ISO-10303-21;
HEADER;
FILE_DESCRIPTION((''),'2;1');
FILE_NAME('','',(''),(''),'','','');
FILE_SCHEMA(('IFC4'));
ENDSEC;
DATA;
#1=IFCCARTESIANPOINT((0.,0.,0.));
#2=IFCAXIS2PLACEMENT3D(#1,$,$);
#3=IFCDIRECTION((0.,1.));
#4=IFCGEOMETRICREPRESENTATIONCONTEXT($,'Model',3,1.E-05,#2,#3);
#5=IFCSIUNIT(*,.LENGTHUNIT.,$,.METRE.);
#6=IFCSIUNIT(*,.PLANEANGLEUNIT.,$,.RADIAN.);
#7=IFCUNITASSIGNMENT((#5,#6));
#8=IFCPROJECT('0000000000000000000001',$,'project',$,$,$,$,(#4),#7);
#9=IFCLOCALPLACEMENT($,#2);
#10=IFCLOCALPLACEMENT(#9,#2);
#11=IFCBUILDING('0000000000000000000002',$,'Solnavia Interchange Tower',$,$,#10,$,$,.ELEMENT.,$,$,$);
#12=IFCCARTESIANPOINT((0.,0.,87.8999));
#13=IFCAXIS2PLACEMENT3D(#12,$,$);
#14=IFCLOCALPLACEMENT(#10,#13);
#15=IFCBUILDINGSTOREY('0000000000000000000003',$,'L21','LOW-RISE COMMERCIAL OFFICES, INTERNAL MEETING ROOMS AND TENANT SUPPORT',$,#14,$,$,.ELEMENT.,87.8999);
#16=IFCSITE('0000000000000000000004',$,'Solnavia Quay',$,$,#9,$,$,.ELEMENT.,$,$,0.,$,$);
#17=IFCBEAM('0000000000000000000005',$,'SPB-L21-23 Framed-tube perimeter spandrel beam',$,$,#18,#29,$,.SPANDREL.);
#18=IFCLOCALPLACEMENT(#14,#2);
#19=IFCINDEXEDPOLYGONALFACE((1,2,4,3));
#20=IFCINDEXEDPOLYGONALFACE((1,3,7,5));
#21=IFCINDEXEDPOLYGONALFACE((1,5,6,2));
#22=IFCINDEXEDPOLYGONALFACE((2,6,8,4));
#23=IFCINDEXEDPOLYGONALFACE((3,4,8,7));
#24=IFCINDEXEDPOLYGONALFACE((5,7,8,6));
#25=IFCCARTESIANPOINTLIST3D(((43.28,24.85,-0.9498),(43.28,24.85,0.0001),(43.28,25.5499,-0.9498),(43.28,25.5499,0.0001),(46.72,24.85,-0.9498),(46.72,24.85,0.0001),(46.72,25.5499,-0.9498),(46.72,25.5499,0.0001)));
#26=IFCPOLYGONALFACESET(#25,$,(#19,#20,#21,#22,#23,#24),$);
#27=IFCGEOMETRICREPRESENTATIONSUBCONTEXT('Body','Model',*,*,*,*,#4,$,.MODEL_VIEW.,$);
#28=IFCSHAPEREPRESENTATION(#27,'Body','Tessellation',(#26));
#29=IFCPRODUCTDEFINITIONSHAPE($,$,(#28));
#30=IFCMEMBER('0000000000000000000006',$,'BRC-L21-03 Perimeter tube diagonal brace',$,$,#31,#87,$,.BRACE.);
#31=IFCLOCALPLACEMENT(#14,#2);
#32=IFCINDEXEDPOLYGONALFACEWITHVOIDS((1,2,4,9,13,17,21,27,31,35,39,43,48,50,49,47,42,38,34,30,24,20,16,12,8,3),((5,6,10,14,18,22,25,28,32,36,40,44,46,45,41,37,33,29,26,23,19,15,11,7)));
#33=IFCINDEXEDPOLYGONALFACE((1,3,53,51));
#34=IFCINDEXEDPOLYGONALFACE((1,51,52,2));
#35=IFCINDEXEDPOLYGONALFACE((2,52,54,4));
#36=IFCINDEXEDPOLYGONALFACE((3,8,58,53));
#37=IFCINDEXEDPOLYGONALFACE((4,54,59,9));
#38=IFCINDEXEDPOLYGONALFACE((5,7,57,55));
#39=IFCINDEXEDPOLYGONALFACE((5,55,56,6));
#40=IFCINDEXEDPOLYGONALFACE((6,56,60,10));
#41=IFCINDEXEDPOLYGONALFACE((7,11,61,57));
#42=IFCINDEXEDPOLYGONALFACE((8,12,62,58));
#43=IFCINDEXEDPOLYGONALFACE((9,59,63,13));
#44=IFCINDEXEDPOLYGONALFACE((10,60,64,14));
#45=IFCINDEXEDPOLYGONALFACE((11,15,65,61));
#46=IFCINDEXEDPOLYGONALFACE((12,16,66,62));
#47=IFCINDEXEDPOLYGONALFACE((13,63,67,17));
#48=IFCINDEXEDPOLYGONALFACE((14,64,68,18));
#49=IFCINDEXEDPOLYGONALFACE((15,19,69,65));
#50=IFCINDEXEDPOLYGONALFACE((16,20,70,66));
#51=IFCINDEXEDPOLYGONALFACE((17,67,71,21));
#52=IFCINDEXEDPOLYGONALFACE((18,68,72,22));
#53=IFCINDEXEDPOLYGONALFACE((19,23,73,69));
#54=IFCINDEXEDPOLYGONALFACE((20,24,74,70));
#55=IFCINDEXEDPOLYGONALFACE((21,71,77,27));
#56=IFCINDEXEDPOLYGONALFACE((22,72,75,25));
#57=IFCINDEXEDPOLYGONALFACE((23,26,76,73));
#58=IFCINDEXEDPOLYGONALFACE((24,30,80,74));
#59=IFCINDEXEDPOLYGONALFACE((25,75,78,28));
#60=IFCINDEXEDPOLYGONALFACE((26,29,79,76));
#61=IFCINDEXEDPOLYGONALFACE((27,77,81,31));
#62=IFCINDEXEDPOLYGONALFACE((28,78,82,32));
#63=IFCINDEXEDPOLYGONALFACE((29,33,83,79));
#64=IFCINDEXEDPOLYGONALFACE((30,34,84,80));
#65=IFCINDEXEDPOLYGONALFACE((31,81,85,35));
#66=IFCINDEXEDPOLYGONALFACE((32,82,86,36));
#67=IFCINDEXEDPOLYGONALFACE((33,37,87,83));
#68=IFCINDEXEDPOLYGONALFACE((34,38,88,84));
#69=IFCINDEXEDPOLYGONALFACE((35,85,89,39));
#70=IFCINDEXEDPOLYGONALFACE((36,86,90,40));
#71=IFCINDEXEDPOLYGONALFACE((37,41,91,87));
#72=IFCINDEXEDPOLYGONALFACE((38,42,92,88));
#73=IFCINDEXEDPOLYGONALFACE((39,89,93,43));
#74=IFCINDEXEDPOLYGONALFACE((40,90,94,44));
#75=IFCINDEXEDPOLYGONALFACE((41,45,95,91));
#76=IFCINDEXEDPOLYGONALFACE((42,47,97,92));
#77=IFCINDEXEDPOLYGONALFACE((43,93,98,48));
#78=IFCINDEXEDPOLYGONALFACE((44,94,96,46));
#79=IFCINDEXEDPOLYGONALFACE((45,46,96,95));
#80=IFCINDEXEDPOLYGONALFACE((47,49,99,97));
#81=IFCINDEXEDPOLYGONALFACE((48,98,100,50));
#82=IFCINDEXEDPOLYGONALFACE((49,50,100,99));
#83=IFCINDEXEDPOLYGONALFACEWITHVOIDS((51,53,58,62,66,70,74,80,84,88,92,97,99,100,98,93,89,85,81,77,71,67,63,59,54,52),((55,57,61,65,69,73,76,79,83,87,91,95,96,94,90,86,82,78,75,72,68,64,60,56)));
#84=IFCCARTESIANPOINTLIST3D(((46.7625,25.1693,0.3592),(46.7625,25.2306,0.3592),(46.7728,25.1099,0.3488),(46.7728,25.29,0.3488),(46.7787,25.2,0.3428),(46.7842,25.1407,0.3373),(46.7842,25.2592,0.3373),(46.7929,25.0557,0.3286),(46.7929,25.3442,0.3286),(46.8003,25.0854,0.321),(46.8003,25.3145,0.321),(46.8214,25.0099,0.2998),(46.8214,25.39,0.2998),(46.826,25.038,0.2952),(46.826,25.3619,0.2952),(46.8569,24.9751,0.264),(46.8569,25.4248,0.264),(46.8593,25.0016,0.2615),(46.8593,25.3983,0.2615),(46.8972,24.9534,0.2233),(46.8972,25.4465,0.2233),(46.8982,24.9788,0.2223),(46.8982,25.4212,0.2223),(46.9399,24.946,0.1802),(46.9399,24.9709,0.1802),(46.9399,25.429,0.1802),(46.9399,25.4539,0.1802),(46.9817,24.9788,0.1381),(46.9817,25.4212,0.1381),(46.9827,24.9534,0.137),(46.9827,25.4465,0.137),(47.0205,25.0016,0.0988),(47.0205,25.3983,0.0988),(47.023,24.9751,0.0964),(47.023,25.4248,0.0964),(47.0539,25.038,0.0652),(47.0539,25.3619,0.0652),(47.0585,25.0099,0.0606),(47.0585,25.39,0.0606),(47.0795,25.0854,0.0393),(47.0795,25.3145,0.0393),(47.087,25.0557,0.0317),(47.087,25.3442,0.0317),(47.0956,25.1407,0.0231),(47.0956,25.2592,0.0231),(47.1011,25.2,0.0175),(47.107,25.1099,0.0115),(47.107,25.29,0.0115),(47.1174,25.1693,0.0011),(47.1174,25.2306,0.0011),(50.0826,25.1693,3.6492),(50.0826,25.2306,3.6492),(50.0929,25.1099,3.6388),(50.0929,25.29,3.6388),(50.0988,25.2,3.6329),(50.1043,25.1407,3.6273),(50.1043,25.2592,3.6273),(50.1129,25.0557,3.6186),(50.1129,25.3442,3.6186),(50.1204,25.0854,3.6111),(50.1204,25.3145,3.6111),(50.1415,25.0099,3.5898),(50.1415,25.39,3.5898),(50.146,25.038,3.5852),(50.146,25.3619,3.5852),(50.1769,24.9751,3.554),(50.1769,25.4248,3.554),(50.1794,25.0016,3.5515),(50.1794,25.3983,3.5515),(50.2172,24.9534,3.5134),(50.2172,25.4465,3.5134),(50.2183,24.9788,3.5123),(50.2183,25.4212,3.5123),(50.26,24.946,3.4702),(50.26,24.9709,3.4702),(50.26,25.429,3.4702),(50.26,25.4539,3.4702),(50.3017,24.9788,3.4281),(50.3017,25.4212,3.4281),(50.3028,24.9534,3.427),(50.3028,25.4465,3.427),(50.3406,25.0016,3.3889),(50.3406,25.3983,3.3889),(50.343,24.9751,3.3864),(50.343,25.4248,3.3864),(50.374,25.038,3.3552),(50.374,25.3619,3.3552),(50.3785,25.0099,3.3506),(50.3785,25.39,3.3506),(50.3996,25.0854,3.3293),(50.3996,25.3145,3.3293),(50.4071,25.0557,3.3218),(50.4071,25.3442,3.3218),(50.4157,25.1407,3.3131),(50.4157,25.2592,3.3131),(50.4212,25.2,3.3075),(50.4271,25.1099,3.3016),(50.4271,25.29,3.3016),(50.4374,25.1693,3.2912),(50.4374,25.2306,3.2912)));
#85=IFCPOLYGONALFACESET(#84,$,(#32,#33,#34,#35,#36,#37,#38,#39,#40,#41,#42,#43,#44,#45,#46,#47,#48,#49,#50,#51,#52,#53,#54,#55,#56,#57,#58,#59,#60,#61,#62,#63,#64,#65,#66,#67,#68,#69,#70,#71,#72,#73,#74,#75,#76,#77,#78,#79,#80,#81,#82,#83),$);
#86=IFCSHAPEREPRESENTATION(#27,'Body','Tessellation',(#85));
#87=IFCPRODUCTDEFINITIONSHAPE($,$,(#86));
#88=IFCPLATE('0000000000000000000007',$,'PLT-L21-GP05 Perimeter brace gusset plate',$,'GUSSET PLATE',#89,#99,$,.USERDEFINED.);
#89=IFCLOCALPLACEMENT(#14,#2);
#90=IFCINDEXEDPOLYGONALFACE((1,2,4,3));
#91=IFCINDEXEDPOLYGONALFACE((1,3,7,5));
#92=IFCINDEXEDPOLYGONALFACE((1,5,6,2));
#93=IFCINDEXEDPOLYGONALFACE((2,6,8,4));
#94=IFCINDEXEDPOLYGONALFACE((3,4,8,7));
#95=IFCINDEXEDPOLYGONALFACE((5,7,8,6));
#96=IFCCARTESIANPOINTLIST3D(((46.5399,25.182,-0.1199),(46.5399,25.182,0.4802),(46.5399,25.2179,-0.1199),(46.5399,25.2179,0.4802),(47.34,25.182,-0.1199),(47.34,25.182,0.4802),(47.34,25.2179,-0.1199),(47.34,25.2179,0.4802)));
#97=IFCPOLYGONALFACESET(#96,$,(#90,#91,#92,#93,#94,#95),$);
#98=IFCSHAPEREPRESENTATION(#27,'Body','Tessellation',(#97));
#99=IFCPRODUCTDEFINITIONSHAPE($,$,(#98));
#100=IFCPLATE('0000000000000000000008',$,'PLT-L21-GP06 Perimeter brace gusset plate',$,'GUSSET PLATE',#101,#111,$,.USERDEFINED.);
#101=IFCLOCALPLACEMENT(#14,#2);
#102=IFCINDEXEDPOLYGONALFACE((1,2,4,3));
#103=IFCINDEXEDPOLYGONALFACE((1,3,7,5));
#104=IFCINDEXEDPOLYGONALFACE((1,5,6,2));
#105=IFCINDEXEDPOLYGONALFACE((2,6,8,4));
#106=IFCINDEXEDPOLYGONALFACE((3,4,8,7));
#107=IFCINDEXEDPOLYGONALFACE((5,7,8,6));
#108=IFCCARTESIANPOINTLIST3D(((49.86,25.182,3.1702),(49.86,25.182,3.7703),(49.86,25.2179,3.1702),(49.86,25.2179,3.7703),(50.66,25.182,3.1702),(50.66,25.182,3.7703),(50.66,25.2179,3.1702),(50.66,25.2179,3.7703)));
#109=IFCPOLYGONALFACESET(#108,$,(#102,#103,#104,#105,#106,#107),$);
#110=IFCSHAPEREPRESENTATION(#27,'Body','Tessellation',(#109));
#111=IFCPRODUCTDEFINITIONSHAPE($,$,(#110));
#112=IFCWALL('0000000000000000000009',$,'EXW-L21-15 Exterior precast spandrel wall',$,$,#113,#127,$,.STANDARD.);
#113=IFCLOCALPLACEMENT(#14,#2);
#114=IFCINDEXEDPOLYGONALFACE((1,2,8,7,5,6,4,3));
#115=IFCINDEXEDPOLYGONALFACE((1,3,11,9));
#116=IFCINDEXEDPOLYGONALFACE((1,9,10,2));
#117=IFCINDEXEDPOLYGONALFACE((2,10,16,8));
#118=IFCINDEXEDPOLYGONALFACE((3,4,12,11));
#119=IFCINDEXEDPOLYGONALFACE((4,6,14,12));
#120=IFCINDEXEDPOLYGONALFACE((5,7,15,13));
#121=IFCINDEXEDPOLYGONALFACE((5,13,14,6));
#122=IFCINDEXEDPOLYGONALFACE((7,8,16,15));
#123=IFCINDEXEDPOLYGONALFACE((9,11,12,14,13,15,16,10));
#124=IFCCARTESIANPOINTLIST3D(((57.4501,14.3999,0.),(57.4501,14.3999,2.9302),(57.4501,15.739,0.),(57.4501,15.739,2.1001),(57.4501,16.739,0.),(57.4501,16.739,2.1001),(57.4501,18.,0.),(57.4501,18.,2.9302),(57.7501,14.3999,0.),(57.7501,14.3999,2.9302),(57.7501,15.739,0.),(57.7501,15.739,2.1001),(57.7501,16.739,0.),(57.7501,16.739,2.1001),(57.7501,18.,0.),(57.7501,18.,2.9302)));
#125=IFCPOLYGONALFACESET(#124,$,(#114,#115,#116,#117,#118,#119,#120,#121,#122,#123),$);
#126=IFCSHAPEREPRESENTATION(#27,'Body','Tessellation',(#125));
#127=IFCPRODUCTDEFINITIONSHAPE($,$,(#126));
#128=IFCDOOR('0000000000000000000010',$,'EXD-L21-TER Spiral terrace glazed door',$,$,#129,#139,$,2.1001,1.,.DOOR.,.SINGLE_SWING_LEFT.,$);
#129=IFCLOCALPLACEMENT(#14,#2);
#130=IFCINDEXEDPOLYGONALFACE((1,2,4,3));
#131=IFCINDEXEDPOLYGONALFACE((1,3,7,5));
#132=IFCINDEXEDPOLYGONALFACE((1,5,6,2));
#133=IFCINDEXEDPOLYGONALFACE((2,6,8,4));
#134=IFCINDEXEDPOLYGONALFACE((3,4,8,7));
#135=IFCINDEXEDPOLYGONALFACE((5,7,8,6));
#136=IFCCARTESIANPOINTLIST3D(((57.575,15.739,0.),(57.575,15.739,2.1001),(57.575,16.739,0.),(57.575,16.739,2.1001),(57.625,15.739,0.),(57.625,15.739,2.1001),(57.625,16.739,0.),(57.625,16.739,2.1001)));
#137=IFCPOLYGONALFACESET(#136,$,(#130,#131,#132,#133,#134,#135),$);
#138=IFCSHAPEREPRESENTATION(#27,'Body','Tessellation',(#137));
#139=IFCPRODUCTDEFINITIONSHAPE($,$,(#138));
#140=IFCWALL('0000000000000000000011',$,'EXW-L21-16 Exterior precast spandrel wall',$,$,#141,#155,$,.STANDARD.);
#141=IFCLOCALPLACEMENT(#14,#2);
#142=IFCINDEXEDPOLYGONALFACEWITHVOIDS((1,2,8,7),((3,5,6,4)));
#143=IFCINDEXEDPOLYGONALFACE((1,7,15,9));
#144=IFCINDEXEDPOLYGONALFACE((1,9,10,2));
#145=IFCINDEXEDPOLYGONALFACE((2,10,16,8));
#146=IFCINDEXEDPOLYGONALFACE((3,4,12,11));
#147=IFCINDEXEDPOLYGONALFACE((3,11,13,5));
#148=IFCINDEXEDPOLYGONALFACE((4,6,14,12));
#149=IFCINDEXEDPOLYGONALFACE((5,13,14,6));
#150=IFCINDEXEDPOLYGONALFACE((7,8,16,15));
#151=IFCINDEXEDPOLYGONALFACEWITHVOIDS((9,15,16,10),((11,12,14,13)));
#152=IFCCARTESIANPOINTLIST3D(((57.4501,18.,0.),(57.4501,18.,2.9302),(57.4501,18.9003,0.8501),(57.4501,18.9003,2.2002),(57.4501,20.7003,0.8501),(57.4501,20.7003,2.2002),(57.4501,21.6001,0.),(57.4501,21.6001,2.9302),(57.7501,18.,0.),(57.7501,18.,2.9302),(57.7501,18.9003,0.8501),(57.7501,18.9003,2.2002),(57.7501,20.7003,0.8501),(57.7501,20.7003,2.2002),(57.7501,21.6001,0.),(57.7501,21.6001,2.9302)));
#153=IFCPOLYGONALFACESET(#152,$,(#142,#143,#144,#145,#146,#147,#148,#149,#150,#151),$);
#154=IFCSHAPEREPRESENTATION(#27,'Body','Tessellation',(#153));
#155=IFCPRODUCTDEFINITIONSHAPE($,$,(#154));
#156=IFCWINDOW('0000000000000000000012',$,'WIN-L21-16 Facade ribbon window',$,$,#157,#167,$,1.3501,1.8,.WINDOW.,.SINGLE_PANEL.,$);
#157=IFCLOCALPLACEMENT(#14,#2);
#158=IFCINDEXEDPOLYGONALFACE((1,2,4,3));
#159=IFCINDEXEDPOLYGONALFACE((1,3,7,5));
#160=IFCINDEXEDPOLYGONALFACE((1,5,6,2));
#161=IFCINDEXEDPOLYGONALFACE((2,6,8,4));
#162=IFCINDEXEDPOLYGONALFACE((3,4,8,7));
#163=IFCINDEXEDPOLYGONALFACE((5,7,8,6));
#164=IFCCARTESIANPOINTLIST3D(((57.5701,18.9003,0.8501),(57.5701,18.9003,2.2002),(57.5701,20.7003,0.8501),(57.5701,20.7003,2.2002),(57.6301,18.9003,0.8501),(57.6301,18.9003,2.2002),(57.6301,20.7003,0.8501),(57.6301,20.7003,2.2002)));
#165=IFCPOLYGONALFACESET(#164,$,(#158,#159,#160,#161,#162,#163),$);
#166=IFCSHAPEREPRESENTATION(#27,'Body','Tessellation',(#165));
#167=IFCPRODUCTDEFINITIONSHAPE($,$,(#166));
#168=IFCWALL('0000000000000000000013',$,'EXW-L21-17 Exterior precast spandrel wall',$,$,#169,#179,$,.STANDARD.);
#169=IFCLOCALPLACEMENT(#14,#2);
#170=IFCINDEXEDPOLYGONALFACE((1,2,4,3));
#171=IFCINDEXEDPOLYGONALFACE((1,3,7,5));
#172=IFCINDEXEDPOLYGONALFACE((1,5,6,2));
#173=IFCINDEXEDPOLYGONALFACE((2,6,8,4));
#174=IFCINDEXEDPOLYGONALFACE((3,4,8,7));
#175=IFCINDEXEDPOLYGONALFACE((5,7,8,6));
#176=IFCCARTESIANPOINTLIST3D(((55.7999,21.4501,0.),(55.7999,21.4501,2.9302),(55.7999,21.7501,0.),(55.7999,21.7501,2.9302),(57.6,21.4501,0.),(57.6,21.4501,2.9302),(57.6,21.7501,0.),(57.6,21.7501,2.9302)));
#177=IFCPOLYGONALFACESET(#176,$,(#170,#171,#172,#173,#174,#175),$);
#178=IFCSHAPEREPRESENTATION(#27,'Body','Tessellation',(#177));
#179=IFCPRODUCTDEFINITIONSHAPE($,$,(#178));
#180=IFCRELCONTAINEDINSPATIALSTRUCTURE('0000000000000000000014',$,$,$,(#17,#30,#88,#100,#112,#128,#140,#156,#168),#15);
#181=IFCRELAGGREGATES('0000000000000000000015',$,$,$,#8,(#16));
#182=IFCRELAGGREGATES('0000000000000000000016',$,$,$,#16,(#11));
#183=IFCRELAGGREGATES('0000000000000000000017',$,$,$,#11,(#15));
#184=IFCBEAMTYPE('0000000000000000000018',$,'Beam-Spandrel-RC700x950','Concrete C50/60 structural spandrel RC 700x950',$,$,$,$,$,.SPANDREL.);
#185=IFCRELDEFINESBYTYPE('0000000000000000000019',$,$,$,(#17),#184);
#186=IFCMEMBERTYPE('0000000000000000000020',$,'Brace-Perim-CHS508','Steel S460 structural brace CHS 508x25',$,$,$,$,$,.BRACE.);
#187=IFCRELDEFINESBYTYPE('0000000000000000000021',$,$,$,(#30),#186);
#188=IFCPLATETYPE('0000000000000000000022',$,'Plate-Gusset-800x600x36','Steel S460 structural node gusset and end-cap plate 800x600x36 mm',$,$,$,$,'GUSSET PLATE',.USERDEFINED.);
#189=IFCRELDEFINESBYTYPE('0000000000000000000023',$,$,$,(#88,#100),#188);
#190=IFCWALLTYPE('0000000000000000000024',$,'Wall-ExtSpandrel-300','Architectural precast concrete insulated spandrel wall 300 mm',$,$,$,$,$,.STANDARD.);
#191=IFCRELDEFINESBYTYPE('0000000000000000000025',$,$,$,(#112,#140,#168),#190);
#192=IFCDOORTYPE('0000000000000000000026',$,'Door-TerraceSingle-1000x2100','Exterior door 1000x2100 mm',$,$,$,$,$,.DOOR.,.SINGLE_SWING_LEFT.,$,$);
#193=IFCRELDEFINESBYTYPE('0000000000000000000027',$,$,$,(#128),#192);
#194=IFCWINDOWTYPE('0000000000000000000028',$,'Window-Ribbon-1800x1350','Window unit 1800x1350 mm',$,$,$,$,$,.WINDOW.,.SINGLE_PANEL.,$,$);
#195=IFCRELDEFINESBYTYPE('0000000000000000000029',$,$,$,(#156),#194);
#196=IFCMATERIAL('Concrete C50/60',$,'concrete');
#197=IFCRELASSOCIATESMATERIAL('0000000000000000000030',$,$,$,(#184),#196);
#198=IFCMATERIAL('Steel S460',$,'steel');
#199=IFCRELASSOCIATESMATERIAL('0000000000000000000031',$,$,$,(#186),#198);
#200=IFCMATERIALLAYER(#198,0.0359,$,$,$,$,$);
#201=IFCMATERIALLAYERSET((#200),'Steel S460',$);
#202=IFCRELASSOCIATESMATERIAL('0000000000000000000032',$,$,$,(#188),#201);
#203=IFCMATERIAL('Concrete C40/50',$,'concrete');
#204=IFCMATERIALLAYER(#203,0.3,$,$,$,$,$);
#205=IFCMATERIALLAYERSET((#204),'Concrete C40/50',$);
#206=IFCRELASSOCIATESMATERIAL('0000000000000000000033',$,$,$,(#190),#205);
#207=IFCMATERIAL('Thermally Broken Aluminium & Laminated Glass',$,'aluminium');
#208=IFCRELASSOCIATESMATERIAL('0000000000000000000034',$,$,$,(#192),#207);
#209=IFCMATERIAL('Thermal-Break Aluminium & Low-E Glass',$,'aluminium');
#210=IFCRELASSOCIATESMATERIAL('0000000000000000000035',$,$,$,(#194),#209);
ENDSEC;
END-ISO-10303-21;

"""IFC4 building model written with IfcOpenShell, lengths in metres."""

from ifc_helpers import new_model, si_unit, direction, frame, frame_2d, origin, origin_2d, place, context, subcontext, project, spatial, rectangle, hollow_circle, extrude, material, layer, layer_set, material_profile, profile_set, type_object, element, fill, save


model = new_model("IFC4")

# Units and contexts
model_context = context("Model", 3, precision=1e-05, world=origin(), true_north=direction((0.0, 1.0)))
body_context = subcontext(model_context, "Body", "Model", "MODEL_VIEW")
ifc_project = project(units=[si_unit("LENGTHUNIT", "METRE"), si_unit("PLANEANGLEUNIT", "RADIAN")], contexts=[model_context])

# Site, building, storey
site_placement = place(None, origin())
site = spatial("IfcSite", under=ifc_project, at=site_placement, Name="Solnavia Quay", CompositionType="ELEMENT", RefElevation=0.0)
building_placement = place(site_placement, origin())
building = spatial("IfcBuilding", under=site, at=building_placement, Name="Solnavia Interchange Tower", CompositionType="ELEMENT")
storey_placement = place(building_placement, frame((0.0, 0.0, 87.8999)))
storey = spatial("IfcBuildingStorey", under=building, at=storey_placement, Name="L21", Description="LOW-RISE COMMERCIAL OFFICES, INTERNAL MEETING ROOMS AND TENANT SUPPORT", CompositionType="ELEMENT", Elevation=87.8999)

# Shared definitions
ifc_material_1 = material(Name="Concrete C50/60", Category="concrete")

# Beam
ifc_material_profile_1 = material_profile(ifc_material_1, rectangle(XDim=0.7, YDim=0.95, at=origin_2d()), Name="RC 700x950")
ifc_profile_set_1 = profile_set([ifc_material_profile_1], Name="Concrete C50/60")
beam_type_1 = type_object("IfcBeamType", Name="Beam-Spandrel-RC700x950", Description="Concrete C50/60 structural spandrel RC 700x950", PredefinedType="SPANDREL", material=ifc_profile_set_1)
beam_1_placement = place(storey_placement, frame((46.72, 25.2, -0.4749), z_axis=(-1.0, 0.0, 0.0), x_axis=(0.0, -1.0, 0.0)))
element("IfcBeam", 1, at=beam_1_placement, inside=storey, type_object=beam_type_1, Name="SPB-L21-23 Framed-tube perimeter spandrel beam", PredefinedType="SPANDREL", context=body_context, shape_type="SweptSolid", body=[
    extrude(rectangle(XDim=0.7, YDim=0.95, at=origin_2d()), origin(), (0.0, 0.0, 1.0), 3.4399),
])

# Member
ifc_material_2 = material(Name="Steel S460", Category="steel")
ifc_material_profile_2 = material_profile(ifc_material_2, hollow_circle(Radius=0.2539, WallThickness=0.0249, at=origin_2d()), Name="CHS 508x25")
ifc_profile_set_2 = profile_set([ifc_material_profile_2], Name="Steel S460")
member_type = type_object("IfcMemberType", Name="Brace-Perim-CHS508", Description="Steel S460 structural brace CHS 508x25", PredefinedType="BRACE", material=ifc_profile_set_2)
member_placement = place(storey_placement, frame((46.9399, 25.2, 0.1802), z_axis=(0.710312, 0.0, 0.703887), x_axis=(0.0, 1.0, 0.0)))
element("IfcMember", 2, at=member_placement, inside=storey, type_object=member_type, Name="BRC-L21-03 Perimeter tube diagonal brace", PredefinedType="BRACE", context=body_context, shape_type="SweptSolid", body=[
    extrude(hollow_circle(Radius=0.2539, WallThickness=0.0249, at=origin_2d()), origin(), (0.0, 0.0, 1.0), 4.6741),
])

# Plates
ifc_layer_1 = layer(ifc_material_2, 0.0359)
ifc_layer_set_1 = layer_set([ifc_layer_1], Name="Steel S460")
plate_type = type_object("IfcPlateType", Name="Plate-Gusset-800x600x36", Description="Steel S460 structural node gusset and end-cap plate 800x600x36 mm", ElementType="GUSSET PLATE", PredefinedType="USERDEFINED", material=ifc_layer_set_1)
for number, where, z_axis, x_axis, name in (
    (3, (46.9399, 25.2, -0.1199), (0.0, 0.0, 1.0), (1.0, 0.0, 0.0), "PLT-L21-GP05 Perimeter brace gusset plate"),
    (4, (50.26, 25.2, 3.1702), (0.0, 0.0, 1.0), (1.0, 0.0, 0.0), "PLT-L21-GP06 Perimeter brace gusset plate"),
):
    element("IfcPlate", number, at=place(storey_placement, frame(where, z_axis=z_axis, x_axis=x_axis)), inside=storey, type_object=plate_type, Name=name, ObjectType="GUSSET PLATE", PredefinedType="USERDEFINED", context=body_context, shape_type="SweptSolid", body=[
        extrude(rectangle(XDim=0.8, YDim=0.0359, at=origin_2d()), origin(), (0.0, 0.0, 1.0), 0.6001),
    ])

# Wall, opening, door
ifc_material_3 = material(Name="Concrete C40/50", Category="concrete")
ifc_layer_2 = layer(ifc_material_3, 0.3)
ifc_layer_set_2 = layer_set([ifc_layer_2], Name="Concrete C40/50")
wall_type = type_object("IfcWallType", Name="Wall-ExtSpandrel-300", Description="Architectural precast concrete insulated spandrel wall 300 mm", PredefinedType="STANDARD", material=ifc_layer_set_2)
wall_1_placement = place(storey_placement, frame((57.6001, 18.0, 0.0), z_axis=(0.0, 0.0, 1.0), x_axis=(0.0, -1.0, 0.0)))
wall_1 = element("IfcWall", 5, at=wall_1_placement, inside=storey, type_object=wall_type, Name="EXW-L21-15 Exterior precast spandrel wall", PredefinedType="STANDARD", context=body_context, shape_type="SweptSolid", body=[
    extrude(rectangle(XDim=3.6001, YDim=0.3, at=frame_2d((1.8, 0.0))), origin(), (0.0, 0.0, 1.0), 2.9302),
])
opening_1_placement = place(wall_1_placement, frame((1.261, 0.0, 0.0)))
opening_1 = element("IfcOpeningElement", 6, at=opening_1_placement, cuts=wall_1, PredefinedType="OPENING", context=body_context, shape_type="SweptSolid", body=[
    extrude(rectangle(XDim=1.0, YDim=2.1001, at=frame_2d((0.5, 1.05))), frame((0.0, 0.1602, 0.0), z_axis=(0.0, -1.0, 0.0), x_axis=(1.0, 0.0, 0.0)), (0.0, 0.0, 1.0), 0.3201),
])
ifc_material_4 = material(Name="Thermally Broken Aluminium & Laminated Glass", Category="aluminium")
door_type = type_object("IfcDoorType", Name="Door-TerraceSingle-1000x2100", Description="Exterior door 1000x2100 mm", OperationType="SINGLE_SWING_LEFT", PredefinedType="DOOR", material=ifc_material_4)
door_placement = place(opening_1_placement, origin())
door = element("IfcDoor", 7, at=door_placement, inside=storey, type_object=door_type, Name="EXD-L21-TER Spiral terrace glazed door", OperationType="SINGLE_SWING_LEFT", OverallHeight=2.1001, OverallWidth=1.0, PredefinedType="DOOR", context=body_context, shape_type="SweptSolid", body=[
    extrude(rectangle(XDim=1.0, YDim=2.1001, at=frame_2d((0.5, 1.05))), frame((0.0, 0.0249, 0.0), z_axis=(0.0, -1.0, 0.0), x_axis=(1.0, 0.0, 0.0)), (0.0, 0.0, 1.0), 0.05),
])
fill(opening_1, door)

# Wall, opening, window
wall_2_placement = place(storey_placement, frame((57.6001, 21.6001, 0.0), z_axis=(0.0, 0.0, 1.0), x_axis=(0.0, -1.0, 0.0)))
wall_2 = element("IfcWall", 8, at=wall_2_placement, inside=storey, type_object=wall_type, Name="EXW-L21-16 Exterior precast spandrel wall", PredefinedType="STANDARD", context=body_context, shape_type="SweptSolid", body=[
    extrude(rectangle(XDim=3.6001, YDim=0.3, at=frame_2d((1.8, 0.0))), origin(), (0.0, 0.0, 1.0), 2.9302),
])
opening_2_placement = place(wall_2_placement, frame((0.8999, 0.0, 0.8501)))
opening_2 = element("IfcOpeningElement", 9, at=opening_2_placement, cuts=wall_2, PredefinedType="OPENING", context=body_context, shape_type="SweptSolid", body=[
    extrude(rectangle(XDim=1.8, YDim=1.3501, at=frame_2d((0.8999, 0.675))), frame((0.0, 0.1602, 0.0), z_axis=(0.0, -1.0, 0.0), x_axis=(1.0, 0.0, 0.0)), (0.0, 0.0, 1.0), 0.3201),
])
ifc_material_5 = material(Name="Thermal-Break Aluminium & Low-E Glass", Category="aluminium")
window_type = type_object("IfcWindowType", Name="Window-Ribbon-1800x1350", Description="Window unit 1800x1350 mm", PartitioningType="SINGLE_PANEL", PredefinedType="WINDOW", material=ifc_material_5)
window_1_placement = place(opening_2_placement, origin())
window_1 = element("IfcWindow", 10, at=window_1_placement, inside=storey, type_object=window_type, Name="WIN-L21-16 Facade ribbon window", OverallHeight=1.3501, OverallWidth=1.8, PartitioningType="SINGLE_PANEL", PredefinedType="WINDOW", context=body_context, shape_type="SweptSolid", body=[
    extrude(rectangle(XDim=1.8, YDim=1.3501, at=frame_2d((0.8999, 0.675))), frame((0.0, 0.03, 0.0), z_axis=(0.0, -1.0, 0.0), x_axis=(1.0, 0.0, 0.0)), (0.0, 0.0, 1.0), 0.0601),
])
fill(opening_2, window_1)

# Wall
wall_3_placement = place(storey_placement, frame((55.8, 21.6001, 0.0), z_axis=(0.0, 0.0, 1.0), x_axis=(1.0, 0.0, 0.0)))
element("IfcWall", 11, at=wall_3_placement, inside=storey, type_object=wall_type, Name="EXW-L21-17 Exterior precast spandrel wall", PredefinedType="STANDARD", context=body_context, shape_type="SweptSolid", body=[
    extrude(rectangle(XDim=1.8, YDim=0.3, at=frame_2d((0.8999, 0.0))), origin(), (0.0, 0.0, 1.0), 2.9302),
])

save(model, "model.ifc")
